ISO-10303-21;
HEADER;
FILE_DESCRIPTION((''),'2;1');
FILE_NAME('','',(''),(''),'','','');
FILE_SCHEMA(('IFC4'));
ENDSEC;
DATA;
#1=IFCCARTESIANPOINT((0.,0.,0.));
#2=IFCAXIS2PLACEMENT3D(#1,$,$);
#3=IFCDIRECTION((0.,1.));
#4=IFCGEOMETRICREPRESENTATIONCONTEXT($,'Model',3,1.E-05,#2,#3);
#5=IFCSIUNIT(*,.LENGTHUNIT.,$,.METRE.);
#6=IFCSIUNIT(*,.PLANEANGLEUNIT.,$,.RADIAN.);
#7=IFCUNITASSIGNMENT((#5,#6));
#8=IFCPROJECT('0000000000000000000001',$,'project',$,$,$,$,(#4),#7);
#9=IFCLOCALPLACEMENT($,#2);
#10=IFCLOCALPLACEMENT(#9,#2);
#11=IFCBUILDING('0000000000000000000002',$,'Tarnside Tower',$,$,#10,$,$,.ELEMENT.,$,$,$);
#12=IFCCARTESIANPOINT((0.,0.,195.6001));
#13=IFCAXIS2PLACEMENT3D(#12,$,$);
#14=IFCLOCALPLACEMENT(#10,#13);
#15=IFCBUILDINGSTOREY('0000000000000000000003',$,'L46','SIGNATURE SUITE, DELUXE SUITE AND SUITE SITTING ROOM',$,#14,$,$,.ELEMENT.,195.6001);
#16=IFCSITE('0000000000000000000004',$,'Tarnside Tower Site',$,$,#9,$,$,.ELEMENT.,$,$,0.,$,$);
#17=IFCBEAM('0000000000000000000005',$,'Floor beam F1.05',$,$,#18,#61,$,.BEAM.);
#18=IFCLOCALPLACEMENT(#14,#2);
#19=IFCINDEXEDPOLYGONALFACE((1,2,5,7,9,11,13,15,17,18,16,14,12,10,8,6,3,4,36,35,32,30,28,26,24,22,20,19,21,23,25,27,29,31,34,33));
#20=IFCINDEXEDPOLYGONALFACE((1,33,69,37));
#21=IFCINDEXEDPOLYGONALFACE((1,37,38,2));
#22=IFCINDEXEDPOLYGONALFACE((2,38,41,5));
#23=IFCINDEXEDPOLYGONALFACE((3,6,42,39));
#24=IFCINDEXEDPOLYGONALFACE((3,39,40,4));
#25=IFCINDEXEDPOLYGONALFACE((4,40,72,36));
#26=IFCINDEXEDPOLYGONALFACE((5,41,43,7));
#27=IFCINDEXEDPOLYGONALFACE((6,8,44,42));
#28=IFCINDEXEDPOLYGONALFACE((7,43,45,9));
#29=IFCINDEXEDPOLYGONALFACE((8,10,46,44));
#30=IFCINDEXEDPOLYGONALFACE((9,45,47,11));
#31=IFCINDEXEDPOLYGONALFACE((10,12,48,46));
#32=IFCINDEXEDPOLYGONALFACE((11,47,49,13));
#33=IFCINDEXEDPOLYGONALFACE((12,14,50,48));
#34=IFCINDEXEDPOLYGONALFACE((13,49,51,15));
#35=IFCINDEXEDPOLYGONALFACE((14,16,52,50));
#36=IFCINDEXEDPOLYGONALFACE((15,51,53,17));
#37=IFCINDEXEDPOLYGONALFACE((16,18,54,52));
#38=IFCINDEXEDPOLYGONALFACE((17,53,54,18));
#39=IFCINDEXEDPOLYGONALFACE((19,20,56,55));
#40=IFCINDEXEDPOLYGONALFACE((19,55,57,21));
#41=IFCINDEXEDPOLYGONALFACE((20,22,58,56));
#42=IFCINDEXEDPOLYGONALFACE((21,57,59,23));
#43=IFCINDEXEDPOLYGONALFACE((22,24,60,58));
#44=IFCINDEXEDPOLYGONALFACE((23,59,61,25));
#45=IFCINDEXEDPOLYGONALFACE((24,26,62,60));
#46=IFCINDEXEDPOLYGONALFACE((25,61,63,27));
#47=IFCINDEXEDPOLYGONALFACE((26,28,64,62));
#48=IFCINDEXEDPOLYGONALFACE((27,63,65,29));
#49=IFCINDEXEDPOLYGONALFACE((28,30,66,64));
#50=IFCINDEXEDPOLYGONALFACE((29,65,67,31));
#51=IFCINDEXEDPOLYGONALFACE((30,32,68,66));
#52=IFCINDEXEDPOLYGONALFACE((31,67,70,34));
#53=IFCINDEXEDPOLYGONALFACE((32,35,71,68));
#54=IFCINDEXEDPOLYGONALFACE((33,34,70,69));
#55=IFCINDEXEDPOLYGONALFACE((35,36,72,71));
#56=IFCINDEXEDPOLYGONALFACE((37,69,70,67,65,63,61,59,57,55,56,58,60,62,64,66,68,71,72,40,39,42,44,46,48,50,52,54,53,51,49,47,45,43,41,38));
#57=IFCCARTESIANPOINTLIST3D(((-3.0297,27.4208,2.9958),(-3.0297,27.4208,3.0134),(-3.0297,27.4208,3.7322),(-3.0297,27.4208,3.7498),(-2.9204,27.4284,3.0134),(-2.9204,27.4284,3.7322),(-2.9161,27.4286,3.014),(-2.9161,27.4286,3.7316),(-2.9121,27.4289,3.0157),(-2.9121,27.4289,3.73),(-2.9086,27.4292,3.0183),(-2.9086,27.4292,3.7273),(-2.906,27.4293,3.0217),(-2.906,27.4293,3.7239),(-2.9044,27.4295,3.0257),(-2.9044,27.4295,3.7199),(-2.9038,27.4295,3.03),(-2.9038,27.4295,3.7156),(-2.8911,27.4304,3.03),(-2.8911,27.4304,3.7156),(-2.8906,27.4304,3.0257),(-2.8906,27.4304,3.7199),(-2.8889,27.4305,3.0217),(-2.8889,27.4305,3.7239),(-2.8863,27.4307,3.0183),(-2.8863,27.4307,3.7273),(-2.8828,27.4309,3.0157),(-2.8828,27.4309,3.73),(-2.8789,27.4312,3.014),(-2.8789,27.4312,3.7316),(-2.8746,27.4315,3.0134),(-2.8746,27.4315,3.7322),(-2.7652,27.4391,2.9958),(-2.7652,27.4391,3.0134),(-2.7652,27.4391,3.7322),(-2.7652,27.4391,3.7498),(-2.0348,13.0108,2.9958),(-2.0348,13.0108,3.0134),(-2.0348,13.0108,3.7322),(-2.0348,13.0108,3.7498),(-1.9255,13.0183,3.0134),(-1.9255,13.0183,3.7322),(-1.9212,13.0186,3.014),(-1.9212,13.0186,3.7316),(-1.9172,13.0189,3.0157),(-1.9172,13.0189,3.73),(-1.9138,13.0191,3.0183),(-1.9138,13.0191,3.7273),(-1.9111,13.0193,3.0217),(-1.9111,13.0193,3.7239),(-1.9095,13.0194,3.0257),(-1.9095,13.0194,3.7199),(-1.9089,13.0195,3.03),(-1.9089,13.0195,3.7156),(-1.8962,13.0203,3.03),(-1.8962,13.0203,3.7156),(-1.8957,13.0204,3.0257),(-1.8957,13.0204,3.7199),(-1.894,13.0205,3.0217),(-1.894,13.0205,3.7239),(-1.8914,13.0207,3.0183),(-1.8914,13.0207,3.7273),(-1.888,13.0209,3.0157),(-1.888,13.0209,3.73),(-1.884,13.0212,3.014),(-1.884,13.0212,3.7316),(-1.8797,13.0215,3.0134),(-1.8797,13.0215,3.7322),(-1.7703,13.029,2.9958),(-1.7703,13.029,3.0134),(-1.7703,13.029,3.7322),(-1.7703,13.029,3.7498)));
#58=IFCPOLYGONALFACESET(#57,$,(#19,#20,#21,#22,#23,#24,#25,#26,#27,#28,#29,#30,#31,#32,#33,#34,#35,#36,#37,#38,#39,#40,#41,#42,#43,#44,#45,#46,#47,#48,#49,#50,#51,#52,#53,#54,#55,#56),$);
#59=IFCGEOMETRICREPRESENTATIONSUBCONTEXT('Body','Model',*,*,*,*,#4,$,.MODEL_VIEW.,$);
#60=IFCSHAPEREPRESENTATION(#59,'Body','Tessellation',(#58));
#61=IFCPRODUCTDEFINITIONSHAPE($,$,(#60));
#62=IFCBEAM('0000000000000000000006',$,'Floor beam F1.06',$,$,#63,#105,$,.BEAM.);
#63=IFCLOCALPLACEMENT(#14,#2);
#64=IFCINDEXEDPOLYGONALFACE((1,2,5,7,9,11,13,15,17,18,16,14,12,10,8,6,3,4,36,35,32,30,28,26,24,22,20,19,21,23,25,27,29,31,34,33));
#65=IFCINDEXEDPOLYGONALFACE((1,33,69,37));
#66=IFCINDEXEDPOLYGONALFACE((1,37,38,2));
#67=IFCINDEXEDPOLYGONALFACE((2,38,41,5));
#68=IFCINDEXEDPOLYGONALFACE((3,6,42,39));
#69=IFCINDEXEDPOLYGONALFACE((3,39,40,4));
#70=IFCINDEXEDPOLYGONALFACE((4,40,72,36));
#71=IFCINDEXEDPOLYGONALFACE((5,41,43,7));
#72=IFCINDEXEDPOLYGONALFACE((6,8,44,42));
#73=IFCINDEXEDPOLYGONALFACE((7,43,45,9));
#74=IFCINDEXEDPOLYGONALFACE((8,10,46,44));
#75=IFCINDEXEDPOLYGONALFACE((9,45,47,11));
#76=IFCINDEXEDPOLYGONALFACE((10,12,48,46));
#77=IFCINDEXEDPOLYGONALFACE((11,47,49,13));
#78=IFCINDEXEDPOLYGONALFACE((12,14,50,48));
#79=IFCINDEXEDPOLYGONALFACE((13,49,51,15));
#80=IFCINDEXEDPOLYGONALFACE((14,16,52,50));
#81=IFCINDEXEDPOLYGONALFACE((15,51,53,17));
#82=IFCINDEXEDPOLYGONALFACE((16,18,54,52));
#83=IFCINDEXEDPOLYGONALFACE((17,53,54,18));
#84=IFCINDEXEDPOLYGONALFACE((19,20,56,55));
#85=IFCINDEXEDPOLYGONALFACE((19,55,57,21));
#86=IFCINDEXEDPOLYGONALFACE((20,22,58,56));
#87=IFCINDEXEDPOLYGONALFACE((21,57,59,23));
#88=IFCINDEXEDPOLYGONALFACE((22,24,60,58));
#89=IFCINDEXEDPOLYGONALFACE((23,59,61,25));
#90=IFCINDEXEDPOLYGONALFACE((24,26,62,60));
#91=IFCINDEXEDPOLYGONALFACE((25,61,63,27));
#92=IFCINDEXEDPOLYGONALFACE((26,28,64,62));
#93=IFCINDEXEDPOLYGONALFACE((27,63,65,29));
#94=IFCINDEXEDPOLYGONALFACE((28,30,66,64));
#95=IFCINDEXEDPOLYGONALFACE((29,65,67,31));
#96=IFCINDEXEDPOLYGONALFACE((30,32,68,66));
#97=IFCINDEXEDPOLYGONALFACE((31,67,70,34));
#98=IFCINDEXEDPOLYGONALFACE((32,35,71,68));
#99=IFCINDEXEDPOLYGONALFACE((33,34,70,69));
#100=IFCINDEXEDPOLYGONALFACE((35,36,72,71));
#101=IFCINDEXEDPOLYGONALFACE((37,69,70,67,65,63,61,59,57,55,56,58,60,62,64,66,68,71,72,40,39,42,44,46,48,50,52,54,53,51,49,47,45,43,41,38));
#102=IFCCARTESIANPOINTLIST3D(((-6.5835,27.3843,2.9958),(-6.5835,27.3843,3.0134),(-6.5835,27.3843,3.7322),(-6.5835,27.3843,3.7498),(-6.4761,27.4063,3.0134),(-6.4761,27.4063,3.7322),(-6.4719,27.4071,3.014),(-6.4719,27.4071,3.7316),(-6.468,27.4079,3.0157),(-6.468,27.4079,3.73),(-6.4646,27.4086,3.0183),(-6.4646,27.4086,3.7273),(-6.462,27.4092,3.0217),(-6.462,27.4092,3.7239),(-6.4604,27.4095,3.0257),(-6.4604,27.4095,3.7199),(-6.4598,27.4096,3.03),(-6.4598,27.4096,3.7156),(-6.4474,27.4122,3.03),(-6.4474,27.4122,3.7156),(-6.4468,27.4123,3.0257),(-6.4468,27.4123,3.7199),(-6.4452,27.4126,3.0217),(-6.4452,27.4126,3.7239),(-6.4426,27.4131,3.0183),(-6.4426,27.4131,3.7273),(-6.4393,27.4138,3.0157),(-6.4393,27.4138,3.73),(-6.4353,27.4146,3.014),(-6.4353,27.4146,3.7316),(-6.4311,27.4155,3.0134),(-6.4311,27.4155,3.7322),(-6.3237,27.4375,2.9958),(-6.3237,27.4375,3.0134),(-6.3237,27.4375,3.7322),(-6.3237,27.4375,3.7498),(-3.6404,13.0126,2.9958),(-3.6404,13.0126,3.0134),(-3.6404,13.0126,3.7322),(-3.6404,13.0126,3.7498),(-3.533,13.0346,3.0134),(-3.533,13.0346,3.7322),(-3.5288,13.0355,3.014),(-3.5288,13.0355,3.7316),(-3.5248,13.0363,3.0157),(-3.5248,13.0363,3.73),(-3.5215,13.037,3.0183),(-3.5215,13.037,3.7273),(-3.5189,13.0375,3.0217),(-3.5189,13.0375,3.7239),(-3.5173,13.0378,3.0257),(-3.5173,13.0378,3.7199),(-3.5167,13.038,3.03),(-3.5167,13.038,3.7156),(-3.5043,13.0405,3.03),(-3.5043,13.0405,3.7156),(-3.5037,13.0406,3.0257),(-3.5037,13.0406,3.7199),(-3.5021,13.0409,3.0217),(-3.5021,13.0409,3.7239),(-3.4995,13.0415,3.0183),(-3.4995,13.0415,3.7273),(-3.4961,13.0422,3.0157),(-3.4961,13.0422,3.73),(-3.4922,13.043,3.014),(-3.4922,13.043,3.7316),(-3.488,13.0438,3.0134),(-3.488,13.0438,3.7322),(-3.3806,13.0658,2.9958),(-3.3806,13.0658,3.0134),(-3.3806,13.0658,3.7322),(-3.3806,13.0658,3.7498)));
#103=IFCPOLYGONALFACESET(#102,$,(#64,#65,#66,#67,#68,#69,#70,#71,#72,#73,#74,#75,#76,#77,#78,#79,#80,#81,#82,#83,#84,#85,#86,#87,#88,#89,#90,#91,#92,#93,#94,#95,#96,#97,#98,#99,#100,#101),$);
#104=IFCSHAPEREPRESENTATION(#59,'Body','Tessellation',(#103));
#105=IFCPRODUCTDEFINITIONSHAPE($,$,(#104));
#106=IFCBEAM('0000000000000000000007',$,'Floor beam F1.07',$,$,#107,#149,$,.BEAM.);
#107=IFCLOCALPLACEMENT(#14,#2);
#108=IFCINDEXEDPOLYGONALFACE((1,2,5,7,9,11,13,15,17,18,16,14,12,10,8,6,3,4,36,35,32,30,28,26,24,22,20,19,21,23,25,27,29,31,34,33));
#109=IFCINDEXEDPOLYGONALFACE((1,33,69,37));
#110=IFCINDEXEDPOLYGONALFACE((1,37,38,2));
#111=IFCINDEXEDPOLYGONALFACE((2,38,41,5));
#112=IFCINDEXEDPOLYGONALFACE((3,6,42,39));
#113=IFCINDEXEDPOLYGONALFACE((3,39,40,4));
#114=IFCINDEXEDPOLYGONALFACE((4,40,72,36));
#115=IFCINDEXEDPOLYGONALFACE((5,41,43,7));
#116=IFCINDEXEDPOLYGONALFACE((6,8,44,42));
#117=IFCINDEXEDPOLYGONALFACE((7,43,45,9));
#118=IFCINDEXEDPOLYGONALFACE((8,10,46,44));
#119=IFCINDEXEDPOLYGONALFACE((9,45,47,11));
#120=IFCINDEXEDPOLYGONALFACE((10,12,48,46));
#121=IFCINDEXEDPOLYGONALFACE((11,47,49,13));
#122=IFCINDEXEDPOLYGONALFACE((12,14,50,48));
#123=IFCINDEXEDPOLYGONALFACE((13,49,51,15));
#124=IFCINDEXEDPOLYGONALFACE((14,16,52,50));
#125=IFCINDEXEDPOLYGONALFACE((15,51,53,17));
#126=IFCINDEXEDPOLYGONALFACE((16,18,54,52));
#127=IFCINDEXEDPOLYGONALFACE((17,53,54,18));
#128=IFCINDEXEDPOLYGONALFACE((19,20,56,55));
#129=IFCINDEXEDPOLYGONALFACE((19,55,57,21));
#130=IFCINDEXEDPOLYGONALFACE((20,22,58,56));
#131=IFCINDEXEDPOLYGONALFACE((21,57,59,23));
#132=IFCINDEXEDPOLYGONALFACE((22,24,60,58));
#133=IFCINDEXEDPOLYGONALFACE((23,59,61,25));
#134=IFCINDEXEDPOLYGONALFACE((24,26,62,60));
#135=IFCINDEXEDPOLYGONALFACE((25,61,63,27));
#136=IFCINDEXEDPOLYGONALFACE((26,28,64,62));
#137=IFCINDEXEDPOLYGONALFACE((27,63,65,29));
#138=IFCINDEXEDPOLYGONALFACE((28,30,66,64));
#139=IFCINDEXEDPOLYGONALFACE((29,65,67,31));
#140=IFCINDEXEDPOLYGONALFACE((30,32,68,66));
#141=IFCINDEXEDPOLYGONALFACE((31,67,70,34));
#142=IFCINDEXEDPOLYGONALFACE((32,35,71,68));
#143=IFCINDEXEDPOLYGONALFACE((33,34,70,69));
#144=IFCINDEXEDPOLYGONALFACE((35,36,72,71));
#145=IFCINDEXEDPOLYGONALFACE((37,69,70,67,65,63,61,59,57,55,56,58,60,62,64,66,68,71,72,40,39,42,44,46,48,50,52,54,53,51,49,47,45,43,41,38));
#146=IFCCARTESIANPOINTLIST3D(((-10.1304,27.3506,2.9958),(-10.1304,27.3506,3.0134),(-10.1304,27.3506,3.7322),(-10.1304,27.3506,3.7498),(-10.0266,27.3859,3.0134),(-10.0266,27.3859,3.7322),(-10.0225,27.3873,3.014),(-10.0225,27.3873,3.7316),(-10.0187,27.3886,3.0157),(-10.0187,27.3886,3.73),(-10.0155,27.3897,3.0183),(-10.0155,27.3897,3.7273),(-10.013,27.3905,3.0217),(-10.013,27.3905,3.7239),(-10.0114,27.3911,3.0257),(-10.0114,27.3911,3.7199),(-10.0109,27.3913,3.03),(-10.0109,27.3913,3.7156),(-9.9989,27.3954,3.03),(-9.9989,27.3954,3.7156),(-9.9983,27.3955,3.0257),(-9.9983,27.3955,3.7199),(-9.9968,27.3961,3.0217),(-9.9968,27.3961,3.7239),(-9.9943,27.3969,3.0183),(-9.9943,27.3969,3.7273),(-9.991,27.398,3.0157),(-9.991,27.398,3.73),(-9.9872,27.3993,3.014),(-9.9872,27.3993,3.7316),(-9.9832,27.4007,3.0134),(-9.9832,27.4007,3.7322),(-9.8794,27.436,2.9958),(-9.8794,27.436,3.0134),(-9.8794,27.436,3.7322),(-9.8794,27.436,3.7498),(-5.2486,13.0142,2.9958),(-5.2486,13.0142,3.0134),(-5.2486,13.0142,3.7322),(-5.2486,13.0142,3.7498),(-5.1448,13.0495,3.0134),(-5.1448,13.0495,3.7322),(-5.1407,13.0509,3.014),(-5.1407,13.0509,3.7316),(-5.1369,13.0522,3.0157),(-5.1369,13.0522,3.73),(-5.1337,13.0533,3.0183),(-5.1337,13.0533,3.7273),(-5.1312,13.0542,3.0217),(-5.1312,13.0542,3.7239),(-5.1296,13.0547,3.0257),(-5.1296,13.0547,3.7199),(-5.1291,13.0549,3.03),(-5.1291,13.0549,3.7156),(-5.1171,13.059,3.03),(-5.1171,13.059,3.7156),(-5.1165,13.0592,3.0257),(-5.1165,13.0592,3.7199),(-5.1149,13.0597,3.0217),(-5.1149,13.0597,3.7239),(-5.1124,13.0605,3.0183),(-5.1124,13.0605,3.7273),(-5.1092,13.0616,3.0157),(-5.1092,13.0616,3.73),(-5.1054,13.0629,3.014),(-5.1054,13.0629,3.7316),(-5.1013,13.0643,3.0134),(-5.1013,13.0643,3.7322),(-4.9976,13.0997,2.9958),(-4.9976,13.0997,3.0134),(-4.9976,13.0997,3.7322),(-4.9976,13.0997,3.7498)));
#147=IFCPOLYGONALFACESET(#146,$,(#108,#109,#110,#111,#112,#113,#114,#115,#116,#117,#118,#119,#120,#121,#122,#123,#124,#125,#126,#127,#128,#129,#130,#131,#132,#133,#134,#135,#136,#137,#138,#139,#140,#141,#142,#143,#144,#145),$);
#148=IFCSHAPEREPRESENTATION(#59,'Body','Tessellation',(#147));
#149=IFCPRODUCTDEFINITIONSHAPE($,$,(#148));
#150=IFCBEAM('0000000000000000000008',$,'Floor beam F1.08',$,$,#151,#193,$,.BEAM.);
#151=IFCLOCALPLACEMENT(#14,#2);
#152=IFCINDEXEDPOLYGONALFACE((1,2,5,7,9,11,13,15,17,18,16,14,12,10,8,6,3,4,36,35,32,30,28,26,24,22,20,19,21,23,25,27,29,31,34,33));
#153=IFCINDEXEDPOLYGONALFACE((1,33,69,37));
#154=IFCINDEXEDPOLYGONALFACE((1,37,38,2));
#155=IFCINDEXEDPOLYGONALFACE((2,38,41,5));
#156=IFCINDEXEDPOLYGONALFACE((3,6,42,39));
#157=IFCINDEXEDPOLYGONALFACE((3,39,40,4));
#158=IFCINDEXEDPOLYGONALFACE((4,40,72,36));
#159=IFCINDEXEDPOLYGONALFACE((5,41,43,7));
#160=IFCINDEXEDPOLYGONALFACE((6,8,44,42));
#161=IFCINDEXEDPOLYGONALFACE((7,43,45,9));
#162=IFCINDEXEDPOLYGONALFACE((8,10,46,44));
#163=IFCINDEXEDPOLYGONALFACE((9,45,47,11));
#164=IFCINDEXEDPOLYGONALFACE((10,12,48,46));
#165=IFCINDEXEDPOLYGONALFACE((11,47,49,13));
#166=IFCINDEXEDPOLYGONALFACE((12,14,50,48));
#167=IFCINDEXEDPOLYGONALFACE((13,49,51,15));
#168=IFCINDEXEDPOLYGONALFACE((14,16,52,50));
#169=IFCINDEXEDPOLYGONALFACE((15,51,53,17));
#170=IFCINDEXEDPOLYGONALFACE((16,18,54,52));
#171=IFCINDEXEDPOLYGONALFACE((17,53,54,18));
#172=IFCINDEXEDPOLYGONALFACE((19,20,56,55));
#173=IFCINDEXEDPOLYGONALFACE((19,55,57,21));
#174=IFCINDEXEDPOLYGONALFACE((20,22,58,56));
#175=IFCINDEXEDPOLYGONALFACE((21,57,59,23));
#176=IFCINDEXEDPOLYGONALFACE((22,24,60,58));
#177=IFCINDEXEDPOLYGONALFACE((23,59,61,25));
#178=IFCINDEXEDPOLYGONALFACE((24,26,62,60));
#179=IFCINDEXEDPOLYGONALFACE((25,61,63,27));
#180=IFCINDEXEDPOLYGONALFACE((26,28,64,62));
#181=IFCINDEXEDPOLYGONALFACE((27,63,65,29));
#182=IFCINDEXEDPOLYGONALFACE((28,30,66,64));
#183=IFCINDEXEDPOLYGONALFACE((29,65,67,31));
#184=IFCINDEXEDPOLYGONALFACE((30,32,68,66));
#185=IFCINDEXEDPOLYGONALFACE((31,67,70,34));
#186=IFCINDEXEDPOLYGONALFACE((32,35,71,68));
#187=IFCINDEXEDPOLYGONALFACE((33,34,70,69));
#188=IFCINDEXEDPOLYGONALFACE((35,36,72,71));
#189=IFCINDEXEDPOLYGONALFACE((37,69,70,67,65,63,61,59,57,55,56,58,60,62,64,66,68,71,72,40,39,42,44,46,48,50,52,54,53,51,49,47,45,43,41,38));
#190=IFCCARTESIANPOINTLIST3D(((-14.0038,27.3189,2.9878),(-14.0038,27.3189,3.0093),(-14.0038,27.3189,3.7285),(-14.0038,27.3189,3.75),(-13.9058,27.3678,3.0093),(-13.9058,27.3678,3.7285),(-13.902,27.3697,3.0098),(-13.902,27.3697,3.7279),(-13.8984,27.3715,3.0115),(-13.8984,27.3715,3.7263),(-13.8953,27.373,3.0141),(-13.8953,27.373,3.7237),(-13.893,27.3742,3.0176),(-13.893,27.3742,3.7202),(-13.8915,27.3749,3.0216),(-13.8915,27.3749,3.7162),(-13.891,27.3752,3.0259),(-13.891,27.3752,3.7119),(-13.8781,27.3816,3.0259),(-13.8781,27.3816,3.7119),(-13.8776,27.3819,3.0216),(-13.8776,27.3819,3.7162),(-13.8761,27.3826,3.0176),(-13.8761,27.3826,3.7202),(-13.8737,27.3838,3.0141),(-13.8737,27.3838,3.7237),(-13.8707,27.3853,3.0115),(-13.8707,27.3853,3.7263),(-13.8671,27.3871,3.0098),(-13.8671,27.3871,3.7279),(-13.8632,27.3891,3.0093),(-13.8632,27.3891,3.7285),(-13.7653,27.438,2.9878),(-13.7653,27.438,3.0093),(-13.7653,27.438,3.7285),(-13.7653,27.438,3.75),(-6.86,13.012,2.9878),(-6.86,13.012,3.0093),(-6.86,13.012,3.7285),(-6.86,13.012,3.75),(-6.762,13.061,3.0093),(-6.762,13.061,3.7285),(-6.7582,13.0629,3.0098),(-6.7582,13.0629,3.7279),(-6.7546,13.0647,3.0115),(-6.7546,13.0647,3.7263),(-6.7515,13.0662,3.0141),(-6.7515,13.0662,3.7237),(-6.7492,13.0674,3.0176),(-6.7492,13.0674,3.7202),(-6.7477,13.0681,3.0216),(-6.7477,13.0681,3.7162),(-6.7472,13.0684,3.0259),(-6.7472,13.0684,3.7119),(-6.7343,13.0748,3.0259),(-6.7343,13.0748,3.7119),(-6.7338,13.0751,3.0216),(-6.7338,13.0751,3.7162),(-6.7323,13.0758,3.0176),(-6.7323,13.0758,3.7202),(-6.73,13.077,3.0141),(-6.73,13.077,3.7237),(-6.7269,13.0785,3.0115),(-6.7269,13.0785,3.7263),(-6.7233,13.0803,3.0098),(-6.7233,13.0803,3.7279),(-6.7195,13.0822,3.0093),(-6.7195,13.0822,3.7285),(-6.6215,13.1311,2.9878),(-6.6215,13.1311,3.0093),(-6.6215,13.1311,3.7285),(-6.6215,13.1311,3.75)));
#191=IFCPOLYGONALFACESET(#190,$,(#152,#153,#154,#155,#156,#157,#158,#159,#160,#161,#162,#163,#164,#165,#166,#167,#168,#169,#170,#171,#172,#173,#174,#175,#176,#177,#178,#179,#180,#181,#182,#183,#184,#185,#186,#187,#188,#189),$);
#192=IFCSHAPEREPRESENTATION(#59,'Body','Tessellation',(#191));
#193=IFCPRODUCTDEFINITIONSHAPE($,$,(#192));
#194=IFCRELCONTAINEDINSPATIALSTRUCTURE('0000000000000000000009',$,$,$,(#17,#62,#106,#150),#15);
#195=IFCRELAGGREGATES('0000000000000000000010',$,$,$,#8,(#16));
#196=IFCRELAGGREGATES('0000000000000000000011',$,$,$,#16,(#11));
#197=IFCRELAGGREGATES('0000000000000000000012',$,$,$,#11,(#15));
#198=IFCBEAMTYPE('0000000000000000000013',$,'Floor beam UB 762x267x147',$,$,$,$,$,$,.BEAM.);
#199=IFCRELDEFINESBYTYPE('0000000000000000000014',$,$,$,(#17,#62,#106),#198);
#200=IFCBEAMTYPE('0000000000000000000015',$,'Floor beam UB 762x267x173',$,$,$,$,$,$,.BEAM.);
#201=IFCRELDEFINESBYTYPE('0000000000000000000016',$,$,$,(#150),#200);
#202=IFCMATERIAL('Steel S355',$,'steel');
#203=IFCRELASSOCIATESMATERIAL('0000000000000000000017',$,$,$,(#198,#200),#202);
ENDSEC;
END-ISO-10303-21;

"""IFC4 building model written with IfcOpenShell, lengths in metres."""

from ifc_helpers import new_model, si_unit, direction, frame, origin, origin_2d, place, context, subcontext, project, spatial, i_section, extrude, material, material_profile, profile_set, type_object, element, save


model = new_model("IFC4")

# Units and contexts
model_context = context("Model", 3, precision=1e-05, world=origin(), true_north=direction((0.0, 1.0)))
body_context = subcontext(model_context, "Body", "Model", "MODEL_VIEW")
ifc_project = project(units=[si_unit("LENGTHUNIT", "METRE"), si_unit("PLANEANGLEUNIT", "RADIAN")], contexts=[model_context])

# Site, building, storey
site_placement = place(None, origin())
site = spatial("IfcSite", under=ifc_project, at=site_placement, Name="Tarnside Tower Site", CompositionType="ELEMENT", RefElevation=0.0)
building_placement = place(site_placement, origin())
building = spatial("IfcBuilding", under=site, at=building_placement, Name="Tarnside Tower", CompositionType="ELEMENT")
storey_placement = place(building_placement, frame((0.0, 0.0, 195.6001)))
storey = spatial("IfcBuildingStorey", under=building, at=storey_placement, Name="L46", Description="SIGNATURE SUITE, DELUXE SUITE AND SUITE SITTING ROOM", CompositionType="ELEMENT", Elevation=195.6001)

# Beams
ifc_material_1 = material(Name="Steel S355", Category="steel")
ifc_material_profile_1 = material_profile(ifc_material_1, i_section(OverallWidth=0.2651, OverallDepth=0.7539, WebThickness=0.0127, FlangeThickness=0.0176, FilletRadius=0.0166, at=origin_2d()), Name="UB 762x267x147")
ifc_profile_set_1 = profile_set([ifc_material_profile_1], Name="Steel S355")
beam_type_1 = type_object("IfcBeamType", Name="Floor beam UB 762x267x147", PredefinedType="BEAM", material=ifc_profile_set_1)
beam_1_placement = place(storey_placement, frame((-2.8975, 27.4299, 3.3728), z_axis=(0.068877, -0.997625, 0.0), x_axis=(0.997625, 0.068877, 0.0)))
element("IfcBeam", 1, at=beam_1_placement, inside=storey, type_object=beam_type_1, Name="Floor beam F1.05", PredefinedType="BEAM", context=body_context, shape_type="SweptSolid", body=[
    extrude(i_section(OverallWidth=0.2651, OverallDepth=0.7539, WebThickness=0.0127, FlangeThickness=0.0176, FilletRadius=0.0166, at=origin_2d()), origin(), (0.0, 0.0, 1.0), 14.4443),
])
beam_2_placement = place(storey_placement, frame((-6.4536, 27.4109, 3.3728), z_axis=(0.200623, -0.979668, 0.0), x_axis=(0.979668, 0.200623, 0.0)))
element("IfcBeam", 2, at=beam_2_placement, inside=storey, type_object=beam_type_1, Name="Floor beam F1.06", PredefinedType="BEAM", context=body_context, shape_type="SweptSolid", body=[
    extrude(i_section(OverallWidth=0.2651, OverallDepth=0.7539, WebThickness=0.0127, FlangeThickness=0.0176, FilletRadius=0.0166, at=origin_2d()), origin(), (0.0, 0.0, 1.0), 14.6699),
])
beam_3_placement = place(storey_placement, frame((-10.0049, 27.3933, 3.3728), z_axis=(0.322344, -0.946623, 0.0), x_axis=(0.946623, 0.322344, 0.0)))
element("IfcBeam", 3, at=beam_3_placement, inside=storey, type_object=beam_type_1, Name="Floor beam F1.07", PredefinedType="BEAM", context=body_context, shape_type="SweptSolid", body=[
    extrude(i_section(OverallWidth=0.2651, OverallDepth=0.7539, WebThickness=0.0127, FlangeThickness=0.0176, FilletRadius=0.0166, at=origin_2d()), origin(), (0.0, 0.0, 1.0), 15.1448),
])
ifc_material_profile_2 = material_profile(ifc_material_1, i_section(OverallWidth=0.2666, OverallDepth=0.7622, WebThickness=0.0144, FlangeThickness=0.0215, FilletRadius=0.0166, at=origin_2d()), Name="UB 762x267x173")
ifc_profile_set_2 = profile_set([ifc_material_profile_2], Name="Steel S355")
beam_type_2 = type_object("IfcBeamType", Name="Floor beam UB 762x267x173", PredefinedType="BEAM", material=ifc_profile_set_2)
beam_4_placement = place(storey_placement, frame((-13.8845, 27.3784, 3.3689), z_axis=(0.446731, -0.894668, 0.0), x_axis=(0.894668, 0.446731, 0.0)))
element("IfcBeam", 4, at=beam_4_placement, inside=storey, type_object=beam_type_2, Name="Floor beam F1.08", PredefinedType="BEAM", context=body_context, shape_type="SweptSolid", body=[
    extrude(i_section(OverallWidth=0.2666, OverallDepth=0.7622, WebThickness=0.0144, FlangeThickness=0.0215, FilletRadius=0.0166, at=origin_2d()), origin(), (0.0, 0.0, 1.0), 15.9912),
])

save(model, "model.ifc")
